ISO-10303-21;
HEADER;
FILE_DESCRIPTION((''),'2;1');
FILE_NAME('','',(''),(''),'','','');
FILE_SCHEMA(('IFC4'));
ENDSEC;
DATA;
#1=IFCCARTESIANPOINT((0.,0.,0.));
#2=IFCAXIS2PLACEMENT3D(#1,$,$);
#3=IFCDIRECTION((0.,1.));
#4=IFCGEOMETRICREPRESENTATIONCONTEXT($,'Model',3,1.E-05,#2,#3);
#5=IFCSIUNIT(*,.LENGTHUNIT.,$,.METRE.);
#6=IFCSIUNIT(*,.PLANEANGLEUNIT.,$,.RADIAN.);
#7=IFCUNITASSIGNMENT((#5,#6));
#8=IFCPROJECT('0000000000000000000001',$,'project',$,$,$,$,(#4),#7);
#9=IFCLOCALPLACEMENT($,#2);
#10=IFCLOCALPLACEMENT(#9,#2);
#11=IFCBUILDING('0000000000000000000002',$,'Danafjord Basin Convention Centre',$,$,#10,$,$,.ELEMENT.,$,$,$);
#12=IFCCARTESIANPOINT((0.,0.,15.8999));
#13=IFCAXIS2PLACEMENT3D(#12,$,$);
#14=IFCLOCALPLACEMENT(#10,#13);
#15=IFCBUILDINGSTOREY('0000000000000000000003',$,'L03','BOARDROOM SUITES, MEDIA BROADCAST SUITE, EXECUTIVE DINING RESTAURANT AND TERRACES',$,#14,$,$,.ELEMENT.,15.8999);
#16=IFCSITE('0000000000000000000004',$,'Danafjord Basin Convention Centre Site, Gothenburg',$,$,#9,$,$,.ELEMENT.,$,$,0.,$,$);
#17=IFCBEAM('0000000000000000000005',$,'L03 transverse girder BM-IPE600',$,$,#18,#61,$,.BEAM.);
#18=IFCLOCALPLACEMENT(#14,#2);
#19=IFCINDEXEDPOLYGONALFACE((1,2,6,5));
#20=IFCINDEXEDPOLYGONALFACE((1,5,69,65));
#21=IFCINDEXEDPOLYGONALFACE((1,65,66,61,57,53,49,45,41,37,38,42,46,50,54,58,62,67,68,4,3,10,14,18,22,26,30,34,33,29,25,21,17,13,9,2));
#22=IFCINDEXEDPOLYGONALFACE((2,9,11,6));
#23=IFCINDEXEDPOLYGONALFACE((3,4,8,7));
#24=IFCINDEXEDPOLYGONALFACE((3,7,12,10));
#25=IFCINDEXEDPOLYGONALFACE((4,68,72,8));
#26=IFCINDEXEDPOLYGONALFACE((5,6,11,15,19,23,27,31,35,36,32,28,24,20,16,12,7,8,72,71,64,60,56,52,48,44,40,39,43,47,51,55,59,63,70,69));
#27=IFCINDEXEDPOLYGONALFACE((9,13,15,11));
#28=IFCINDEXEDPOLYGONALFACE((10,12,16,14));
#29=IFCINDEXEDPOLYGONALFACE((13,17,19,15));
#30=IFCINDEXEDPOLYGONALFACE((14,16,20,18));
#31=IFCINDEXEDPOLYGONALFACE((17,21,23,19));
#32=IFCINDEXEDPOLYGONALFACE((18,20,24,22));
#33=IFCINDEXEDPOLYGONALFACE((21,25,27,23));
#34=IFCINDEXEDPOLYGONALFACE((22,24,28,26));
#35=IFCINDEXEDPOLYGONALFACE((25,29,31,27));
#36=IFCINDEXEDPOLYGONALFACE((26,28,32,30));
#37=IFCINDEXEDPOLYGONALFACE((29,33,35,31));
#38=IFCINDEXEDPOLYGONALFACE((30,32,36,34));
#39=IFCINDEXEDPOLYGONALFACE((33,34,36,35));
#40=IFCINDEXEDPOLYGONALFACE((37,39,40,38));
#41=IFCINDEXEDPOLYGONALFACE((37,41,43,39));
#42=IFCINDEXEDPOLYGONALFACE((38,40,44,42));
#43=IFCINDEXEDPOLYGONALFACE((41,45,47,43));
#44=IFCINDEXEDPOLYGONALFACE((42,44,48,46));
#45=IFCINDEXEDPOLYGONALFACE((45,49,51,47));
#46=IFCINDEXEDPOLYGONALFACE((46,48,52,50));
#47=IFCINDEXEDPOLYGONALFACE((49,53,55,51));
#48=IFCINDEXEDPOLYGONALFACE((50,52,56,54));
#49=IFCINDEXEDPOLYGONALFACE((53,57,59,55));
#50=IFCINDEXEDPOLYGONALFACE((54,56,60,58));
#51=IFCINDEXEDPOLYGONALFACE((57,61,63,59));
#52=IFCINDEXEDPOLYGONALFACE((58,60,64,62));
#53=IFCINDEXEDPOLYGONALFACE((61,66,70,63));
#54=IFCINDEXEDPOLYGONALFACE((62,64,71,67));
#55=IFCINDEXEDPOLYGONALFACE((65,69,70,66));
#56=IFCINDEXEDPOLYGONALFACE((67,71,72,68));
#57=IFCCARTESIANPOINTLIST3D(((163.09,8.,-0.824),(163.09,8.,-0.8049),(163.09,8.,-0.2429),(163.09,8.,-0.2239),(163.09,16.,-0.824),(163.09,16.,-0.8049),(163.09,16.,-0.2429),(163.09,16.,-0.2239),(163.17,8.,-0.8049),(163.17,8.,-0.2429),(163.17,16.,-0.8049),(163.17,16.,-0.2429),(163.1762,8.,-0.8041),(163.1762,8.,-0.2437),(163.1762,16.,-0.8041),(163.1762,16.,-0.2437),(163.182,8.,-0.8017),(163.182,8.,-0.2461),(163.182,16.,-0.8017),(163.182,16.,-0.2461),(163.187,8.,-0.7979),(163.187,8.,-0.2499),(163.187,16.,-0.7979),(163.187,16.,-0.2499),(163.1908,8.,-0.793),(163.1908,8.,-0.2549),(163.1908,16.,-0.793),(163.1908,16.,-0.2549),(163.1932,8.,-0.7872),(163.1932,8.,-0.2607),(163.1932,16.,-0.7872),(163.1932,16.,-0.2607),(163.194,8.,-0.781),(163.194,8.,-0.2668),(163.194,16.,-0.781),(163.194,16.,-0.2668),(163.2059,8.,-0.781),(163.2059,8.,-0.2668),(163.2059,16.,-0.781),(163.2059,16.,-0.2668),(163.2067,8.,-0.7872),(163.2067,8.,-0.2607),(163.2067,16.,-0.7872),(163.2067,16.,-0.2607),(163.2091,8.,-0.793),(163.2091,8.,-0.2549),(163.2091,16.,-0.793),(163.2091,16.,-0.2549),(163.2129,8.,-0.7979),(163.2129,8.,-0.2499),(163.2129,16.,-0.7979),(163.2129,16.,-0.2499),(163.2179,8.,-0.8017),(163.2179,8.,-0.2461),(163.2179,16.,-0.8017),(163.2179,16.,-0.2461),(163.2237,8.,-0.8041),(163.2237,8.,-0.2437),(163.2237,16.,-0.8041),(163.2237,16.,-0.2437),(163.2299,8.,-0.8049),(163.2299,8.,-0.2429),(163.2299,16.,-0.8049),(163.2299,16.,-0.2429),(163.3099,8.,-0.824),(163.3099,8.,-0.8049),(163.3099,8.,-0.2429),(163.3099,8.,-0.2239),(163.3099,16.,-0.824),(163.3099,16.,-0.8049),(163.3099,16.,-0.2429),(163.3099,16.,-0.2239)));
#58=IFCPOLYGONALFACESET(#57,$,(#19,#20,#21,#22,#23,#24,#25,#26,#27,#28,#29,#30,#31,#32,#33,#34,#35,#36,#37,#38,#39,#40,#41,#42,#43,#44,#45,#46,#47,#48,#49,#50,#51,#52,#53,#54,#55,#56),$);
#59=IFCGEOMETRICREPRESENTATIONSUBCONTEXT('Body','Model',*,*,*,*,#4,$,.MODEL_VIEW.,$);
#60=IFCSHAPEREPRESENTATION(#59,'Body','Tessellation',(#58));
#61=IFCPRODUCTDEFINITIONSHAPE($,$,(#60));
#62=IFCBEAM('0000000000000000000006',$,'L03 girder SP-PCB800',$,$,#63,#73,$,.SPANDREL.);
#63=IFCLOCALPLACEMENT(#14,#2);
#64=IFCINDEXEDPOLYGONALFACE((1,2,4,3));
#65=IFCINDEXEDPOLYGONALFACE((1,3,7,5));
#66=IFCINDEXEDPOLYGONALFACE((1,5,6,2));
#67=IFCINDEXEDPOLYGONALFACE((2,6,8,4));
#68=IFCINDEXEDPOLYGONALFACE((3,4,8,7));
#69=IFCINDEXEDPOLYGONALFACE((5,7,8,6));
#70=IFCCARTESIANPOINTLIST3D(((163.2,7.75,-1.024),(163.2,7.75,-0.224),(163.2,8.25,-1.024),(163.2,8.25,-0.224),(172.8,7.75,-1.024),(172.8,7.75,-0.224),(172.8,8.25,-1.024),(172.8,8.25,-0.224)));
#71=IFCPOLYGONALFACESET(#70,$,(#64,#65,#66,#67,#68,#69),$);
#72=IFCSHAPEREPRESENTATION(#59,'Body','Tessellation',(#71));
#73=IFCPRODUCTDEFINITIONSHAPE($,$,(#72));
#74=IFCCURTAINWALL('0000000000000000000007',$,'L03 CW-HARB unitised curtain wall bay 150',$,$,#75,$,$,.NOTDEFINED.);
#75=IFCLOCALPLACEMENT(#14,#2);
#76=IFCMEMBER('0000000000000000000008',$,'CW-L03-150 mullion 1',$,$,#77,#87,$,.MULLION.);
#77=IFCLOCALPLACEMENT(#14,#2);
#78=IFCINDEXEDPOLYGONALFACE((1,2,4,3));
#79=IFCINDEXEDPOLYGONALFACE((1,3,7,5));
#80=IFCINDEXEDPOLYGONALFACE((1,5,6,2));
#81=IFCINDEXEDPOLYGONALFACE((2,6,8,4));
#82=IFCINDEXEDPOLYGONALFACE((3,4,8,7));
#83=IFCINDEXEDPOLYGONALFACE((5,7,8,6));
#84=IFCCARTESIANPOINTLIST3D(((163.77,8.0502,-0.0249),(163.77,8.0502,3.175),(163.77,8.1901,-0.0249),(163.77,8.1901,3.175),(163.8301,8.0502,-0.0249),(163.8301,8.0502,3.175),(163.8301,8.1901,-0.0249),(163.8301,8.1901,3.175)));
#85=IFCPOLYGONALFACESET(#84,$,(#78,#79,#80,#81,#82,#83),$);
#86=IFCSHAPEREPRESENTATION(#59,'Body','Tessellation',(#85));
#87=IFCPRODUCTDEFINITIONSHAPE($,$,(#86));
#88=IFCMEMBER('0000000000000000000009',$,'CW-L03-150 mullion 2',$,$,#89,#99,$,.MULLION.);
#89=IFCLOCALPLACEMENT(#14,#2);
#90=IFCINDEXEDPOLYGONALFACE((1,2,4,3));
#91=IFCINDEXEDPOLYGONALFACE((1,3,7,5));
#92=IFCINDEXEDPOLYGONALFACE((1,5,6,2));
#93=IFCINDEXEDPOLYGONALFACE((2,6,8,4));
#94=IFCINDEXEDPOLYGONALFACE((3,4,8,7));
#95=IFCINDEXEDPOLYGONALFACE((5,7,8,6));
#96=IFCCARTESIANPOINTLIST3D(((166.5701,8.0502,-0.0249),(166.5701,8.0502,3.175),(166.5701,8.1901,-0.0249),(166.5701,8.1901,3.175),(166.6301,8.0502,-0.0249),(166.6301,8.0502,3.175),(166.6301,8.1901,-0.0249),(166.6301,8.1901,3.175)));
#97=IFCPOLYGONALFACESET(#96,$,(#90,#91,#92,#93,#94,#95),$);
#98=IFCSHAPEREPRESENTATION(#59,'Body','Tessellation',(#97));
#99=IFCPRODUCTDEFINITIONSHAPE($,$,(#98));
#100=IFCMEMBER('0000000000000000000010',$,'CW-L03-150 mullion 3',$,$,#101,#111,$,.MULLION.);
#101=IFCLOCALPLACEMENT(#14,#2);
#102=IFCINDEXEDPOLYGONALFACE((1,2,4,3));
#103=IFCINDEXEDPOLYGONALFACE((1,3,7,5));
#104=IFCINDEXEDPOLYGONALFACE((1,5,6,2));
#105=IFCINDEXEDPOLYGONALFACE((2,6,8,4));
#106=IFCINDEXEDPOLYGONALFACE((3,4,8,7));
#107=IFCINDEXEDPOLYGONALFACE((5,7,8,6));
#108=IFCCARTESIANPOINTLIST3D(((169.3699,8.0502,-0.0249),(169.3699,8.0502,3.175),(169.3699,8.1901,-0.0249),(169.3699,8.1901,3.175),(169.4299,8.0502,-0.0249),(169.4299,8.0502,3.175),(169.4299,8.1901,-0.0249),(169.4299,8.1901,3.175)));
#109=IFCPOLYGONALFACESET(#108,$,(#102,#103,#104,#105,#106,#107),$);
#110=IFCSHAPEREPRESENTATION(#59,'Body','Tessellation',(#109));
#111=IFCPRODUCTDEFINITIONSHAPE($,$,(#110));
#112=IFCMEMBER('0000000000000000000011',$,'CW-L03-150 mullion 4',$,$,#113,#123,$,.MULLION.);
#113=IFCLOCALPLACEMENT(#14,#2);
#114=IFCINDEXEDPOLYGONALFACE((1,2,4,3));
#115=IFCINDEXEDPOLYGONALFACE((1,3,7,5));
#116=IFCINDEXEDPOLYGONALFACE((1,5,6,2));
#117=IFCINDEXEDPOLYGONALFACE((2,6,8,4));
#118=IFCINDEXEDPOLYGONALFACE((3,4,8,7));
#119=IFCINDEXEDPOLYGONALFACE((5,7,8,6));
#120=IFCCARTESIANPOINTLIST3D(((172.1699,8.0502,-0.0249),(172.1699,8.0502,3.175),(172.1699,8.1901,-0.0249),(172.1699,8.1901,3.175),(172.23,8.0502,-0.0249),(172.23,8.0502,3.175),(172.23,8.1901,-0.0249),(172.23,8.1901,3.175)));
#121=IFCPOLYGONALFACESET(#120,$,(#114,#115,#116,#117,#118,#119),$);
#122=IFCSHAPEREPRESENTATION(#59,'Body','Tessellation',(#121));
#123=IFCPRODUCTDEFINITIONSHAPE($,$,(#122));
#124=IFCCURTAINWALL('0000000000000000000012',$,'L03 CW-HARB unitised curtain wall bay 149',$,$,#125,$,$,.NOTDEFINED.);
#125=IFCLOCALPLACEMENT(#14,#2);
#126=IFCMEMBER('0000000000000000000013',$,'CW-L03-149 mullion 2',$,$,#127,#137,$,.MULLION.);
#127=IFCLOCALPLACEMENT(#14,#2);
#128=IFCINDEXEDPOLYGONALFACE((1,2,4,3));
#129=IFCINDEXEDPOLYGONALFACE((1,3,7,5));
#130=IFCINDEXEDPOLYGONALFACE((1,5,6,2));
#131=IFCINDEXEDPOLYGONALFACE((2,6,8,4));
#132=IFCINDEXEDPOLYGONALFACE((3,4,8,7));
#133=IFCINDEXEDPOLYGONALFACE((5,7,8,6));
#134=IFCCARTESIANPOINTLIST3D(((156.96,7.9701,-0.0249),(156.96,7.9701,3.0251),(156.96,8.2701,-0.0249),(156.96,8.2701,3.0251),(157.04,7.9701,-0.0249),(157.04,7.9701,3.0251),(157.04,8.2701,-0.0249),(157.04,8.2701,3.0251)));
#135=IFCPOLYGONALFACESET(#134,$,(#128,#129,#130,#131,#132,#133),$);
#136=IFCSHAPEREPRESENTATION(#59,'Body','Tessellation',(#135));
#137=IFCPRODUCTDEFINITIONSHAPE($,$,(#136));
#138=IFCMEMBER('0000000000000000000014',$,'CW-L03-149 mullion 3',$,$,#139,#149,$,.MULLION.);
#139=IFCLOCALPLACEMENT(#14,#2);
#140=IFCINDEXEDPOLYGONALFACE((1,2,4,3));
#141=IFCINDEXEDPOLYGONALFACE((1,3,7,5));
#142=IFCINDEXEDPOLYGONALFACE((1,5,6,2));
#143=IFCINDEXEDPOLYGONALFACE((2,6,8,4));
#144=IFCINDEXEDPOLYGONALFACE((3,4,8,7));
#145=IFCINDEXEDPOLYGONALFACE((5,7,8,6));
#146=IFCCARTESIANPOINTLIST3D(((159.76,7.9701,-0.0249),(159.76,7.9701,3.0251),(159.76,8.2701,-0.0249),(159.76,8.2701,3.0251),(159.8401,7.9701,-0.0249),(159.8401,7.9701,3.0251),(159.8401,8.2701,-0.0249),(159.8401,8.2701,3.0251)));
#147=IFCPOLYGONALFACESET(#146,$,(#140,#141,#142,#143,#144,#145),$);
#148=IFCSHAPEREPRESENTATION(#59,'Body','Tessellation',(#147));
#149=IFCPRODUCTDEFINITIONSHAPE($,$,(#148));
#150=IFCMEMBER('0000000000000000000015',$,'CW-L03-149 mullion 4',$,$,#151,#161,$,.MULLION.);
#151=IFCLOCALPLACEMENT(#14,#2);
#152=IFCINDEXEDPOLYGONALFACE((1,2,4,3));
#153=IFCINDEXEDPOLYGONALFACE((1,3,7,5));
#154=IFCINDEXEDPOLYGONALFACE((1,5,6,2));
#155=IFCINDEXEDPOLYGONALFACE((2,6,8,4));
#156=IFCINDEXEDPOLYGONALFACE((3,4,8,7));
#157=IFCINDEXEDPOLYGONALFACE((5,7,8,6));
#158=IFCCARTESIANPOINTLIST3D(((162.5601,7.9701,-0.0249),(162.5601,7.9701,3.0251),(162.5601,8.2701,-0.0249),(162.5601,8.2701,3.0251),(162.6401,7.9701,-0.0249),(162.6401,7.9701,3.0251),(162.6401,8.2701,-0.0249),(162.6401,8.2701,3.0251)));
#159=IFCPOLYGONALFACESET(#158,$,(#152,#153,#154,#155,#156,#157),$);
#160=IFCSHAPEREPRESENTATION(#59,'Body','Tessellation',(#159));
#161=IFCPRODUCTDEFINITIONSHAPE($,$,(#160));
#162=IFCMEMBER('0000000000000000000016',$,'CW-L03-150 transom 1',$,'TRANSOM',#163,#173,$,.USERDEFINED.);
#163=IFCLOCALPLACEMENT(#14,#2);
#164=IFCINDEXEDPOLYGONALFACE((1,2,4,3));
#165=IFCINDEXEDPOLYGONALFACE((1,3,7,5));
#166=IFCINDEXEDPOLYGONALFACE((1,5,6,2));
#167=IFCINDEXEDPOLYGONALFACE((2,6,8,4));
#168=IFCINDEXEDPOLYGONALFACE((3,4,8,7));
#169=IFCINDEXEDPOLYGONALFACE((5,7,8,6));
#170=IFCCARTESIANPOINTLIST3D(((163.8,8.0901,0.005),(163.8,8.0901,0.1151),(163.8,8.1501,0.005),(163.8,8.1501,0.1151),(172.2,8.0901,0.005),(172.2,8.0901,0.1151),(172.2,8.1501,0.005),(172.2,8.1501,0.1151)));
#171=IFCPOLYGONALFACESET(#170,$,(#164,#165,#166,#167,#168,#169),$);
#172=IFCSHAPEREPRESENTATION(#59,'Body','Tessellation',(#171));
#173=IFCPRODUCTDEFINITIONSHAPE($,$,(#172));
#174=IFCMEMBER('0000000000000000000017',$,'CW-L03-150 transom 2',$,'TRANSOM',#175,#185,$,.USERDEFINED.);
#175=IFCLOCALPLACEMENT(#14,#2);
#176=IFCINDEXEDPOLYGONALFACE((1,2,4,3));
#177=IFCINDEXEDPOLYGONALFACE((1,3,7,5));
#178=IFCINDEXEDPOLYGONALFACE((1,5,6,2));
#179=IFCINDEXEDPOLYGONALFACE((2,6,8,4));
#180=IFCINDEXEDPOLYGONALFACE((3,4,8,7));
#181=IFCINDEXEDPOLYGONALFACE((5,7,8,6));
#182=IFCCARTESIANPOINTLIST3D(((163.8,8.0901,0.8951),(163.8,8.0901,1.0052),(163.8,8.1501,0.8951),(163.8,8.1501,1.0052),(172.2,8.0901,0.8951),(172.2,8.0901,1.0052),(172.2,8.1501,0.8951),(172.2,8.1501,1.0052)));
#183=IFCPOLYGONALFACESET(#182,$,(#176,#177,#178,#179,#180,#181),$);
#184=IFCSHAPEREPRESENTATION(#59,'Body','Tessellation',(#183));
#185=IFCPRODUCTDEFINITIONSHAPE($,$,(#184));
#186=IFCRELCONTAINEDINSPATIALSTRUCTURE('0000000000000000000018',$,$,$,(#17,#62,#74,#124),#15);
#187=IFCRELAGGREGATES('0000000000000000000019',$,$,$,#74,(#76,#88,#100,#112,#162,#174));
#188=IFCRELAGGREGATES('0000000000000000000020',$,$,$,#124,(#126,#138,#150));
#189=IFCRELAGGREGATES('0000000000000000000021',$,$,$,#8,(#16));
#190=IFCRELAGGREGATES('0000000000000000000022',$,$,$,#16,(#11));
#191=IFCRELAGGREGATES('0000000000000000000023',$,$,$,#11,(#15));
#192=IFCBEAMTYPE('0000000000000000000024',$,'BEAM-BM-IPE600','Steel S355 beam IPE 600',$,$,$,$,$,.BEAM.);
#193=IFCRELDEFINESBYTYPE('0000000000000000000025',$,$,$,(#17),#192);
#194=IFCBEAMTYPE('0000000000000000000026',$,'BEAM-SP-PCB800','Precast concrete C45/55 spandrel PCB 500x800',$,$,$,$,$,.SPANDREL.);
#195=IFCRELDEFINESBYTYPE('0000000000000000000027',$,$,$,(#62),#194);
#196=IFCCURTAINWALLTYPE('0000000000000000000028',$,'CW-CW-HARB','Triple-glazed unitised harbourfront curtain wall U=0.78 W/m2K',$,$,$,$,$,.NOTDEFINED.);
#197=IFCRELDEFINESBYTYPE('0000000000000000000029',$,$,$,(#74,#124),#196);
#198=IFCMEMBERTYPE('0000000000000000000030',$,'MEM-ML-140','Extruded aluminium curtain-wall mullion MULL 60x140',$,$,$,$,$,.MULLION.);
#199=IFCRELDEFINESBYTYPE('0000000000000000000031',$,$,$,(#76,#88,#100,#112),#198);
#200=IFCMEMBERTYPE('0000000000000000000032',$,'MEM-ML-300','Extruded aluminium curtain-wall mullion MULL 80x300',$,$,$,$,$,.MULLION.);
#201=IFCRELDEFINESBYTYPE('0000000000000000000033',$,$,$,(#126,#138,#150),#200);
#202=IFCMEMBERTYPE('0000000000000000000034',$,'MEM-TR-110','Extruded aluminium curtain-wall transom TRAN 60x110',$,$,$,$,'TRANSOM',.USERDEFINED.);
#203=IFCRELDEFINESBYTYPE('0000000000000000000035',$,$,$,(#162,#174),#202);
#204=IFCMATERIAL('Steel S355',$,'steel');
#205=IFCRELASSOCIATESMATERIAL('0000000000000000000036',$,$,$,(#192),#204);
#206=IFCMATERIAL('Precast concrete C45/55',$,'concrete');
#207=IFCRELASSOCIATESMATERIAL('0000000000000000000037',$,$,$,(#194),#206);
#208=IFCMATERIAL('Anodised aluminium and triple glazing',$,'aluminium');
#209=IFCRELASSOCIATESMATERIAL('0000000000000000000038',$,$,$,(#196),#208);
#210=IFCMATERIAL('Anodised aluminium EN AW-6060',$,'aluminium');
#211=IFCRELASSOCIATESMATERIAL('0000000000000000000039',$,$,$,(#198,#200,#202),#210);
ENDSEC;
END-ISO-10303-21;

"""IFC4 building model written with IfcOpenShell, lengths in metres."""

from ifc_helpers import new_model, si_unit, direction, frame, origin, origin_2d, place, context, subcontext, project, spatial, rectangle, i_section, extrude, material, material_profile, profile_set, type_object, element, aggregate, save


model = new_model("IFC4")

# Units and contexts
model_context = context("Model", 3, precision=1e-05, world=origin(), true_north=direction((0.0, 1.0)))
body_context = subcontext(model_context, "Body", "Model", "MODEL_VIEW")
ifc_project = project(units=[si_unit("LENGTHUNIT", "METRE"), si_unit("PLANEANGLEUNIT", "RADIAN")], contexts=[model_context])

# Site, building, storey
site_placement = place(None, origin())
site = spatial("IfcSite", under=ifc_project, at=site_placement, Name="Danafjord Basin Convention Centre Site, Gothenburg", CompositionType="ELEMENT", RefElevation=0.0)
building_placement = place(site_placement, origin())
building = spatial("IfcBuilding", under=site, at=building_placement, Name="Danafjord Basin Convention Centre", CompositionType="ELEMENT")
storey_placement = place(building_placement, frame((0.0, 0.0, 15.8999)))
storey = spatial("IfcBuildingStorey", under=building, at=storey_placement, Name="L03", Description="BOARDROOM SUITES, MEDIA BROADCAST SUITE, EXECUTIVE DINING RESTAURANT AND TERRACES", CompositionType="ELEMENT", Elevation=15.8999)

# Shared definitions
ifc_material_1 = material(Name="Steel S355", Category="steel")

# Beams
ifc_material_profile_1 = material_profile(ifc_material_1, i_section(OverallWidth=0.22, OverallDepth=0.6001, WebThickness=0.012, FlangeThickness=0.019, FilletRadius=0.0239, at=origin_2d()), Name="IPE 600")
ifc_profile_set_1 = profile_set([ifc_material_profile_1], Name="Steel S355")
beam_type_1 = type_object("IfcBeamType", Name="BEAM-BM-IPE600", Description="Steel S355 beam IPE 600", PredefinedType="BEAM", material=ifc_profile_set_1)
beam_1_placement = place(storey_placement, frame((163.2, 8.0, -0.5239), z_axis=(0.0, 1.0, 0.0), x_axis=(-1.0, 0.0, 0.0)))
element("IfcBeam", 1, at=beam_1_placement, inside=storey, type_object=beam_type_1, Name="L03 transverse girder BM-IPE600", PredefinedType="BEAM", context=body_context, shape_type="SweptSolid", body=[
    extrude(i_section(OverallWidth=0.22, OverallDepth=0.6001, WebThickness=0.012, FlangeThickness=0.019, FilletRadius=0.0239, at=origin_2d()), origin(), (0.0, 0.0, 1.0), 8.0),
])
ifc_material_2 = material(Name="Precast concrete C45/55", Category="concrete")
ifc_material_profile_2 = material_profile(ifc_material_2, rectangle(XDim=0.5, YDim=0.8, at=origin_2d()), Name="PCB 500x800")
ifc_profile_set_2 = profile_set([ifc_material_profile_2], Name="Precast concrete C45/55")
beam_type_2 = type_object("IfcBeamType", Name="BEAM-SP-PCB800", Description="Precast concrete C45/55 spandrel PCB 500x800", PredefinedType="SPANDREL", material=ifc_profile_set_2)
beam_2_placement = place(storey_placement, frame((163.2, 8.0, -0.624), z_axis=(1.0, 0.0, 0.0), x_axis=(0.0, 1.0, 0.0)))
element("IfcBeam", 2, at=beam_2_placement, inside=storey, type_object=beam_type_2, Name="L03 girder SP-PCB800", PredefinedType="SPANDREL", context=body_context, shape_type="SweptSolid", body=[
    extrude(rectangle(XDim=0.5, YDim=0.8, at=origin_2d()), origin(), (0.0, 0.0, 1.0), 9.6001),
])

# Curtain walls, members
ifc_material_3 = material(Name="Anodised aluminium and triple glazing", Category="aluminium")
curtain_wall_type = type_object("IfcCurtainWallType", Name="CW-CW-HARB", Description="Triple-glazed unitised harbourfront curtain wall U=0.78 W/m2K", PredefinedType="NOTDEFINED", material=ifc_material_3)
curtain_wall_1_placement = place(storey_placement, origin())
curtain_wall_1 = element("IfcCurtainWall", 3, at=curtain_wall_1_placement, inside=storey, type_object=curtain_wall_type, Name="L03 CW-HARB unitised curtain wall bay 150", PredefinedType="NOTDEFINED")
ifc_material_4 = material(Name="Anodised aluminium EN AW-6060", Category="aluminium")
ifc_material_profile_3 = material_profile(ifc_material_4, rectangle(XDim=0.0601, YDim=0.1399, at=origin_2d()), Name="MULL 60x140")
ifc_profile_set_3 = profile_set([ifc_material_profile_3], Name="Anodised aluminium EN AW-6060")
member_type_1 = type_object("IfcMemberType", Name="MEM-ML-140", Description="Extruded aluminium curtain-wall mullion MULL 60x140", PredefinedType="MULLION", material=ifc_profile_set_3)
member_1_placement = place(storey_placement, frame((163.8, 8.1201, -0.0249), z_axis=(0.0, 0.0, 1.0), x_axis=(1.0, 0.0, 0.0)))
member_1 = element("IfcMember", 4, at=member_1_placement, type_object=member_type_1, Name="CW-L03-150 mullion 1", PredefinedType="MULLION", context=body_context, shape_type="SweptSolid", body=[
    extrude(rectangle(XDim=0.0601, YDim=0.1399, at=origin_2d()), origin(), (0.0, 0.0, 1.0), 3.2),
])
member_2_placement = place(storey_placement, frame((166.6001, 8.1201, -0.0249), z_axis=(0.0, 0.0, 1.0), x_axis=(1.0, 0.0, 0.0)))
member_2 = element("IfcMember", 5, at=member_2_placement, type_object=member_type_1, Name="CW-L03-150 mullion 2", PredefinedType="MULLION", context=body_context, shape_type="SweptSolid", body=[
    extrude(rectangle(XDim=0.0601, YDim=0.1399, at=origin_2d()), origin(), (0.0, 0.0, 1.0), 3.2),
])
member_3_placement = place(storey_placement, frame((169.3999, 8.1201, -0.0249), z_axis=(0.0, 0.0, 1.0), x_axis=(1.0, 0.0, 0.0)))
member_3 = element("IfcMember", 6, at=member_3_placement, type_object=member_type_1, Name="CW-L03-150 mullion 3", PredefinedType="MULLION", context=body_context, shape_type="SweptSolid", body=[
    extrude(rectangle(XDim=0.0601, YDim=0.1399, at=origin_2d()), origin(), (0.0, 0.0, 1.0), 3.2),
])
member_4_placement = place(storey_placement, frame((172.2, 8.1201, -0.0249), z_axis=(0.0, 0.0, 1.0), x_axis=(1.0, 0.0, 0.0)))
member_4 = element("IfcMember", 7, at=member_4_placement, type_object=member_type_1, Name="CW-L03-150 mullion 4", PredefinedType="MULLION", context=body_context, shape_type="SweptSolid", body=[
    extrude(rectangle(XDim=0.0601, YDim=0.1399, at=origin_2d()), origin(), (0.0, 0.0, 1.0), 3.2),
])
curtain_wall_2_placement = place(storey_placement, origin())
curtain_wall_2 = element("IfcCurtainWall", 8, at=curtain_wall_2_placement, inside=storey, type_object=curtain_wall_type, Name="L03 CW-HARB unitised curtain wall bay 149", PredefinedType="NOTDEFINED")
ifc_material_profile_4 = material_profile(ifc_material_4, rectangle(XDim=0.0801, YDim=0.3, at=origin_2d()), Name="MULL 80x300")
ifc_profile_set_4 = profile_set([ifc_material_profile_4], Name="Anodised aluminium EN AW-6060")
member_type_2 = type_object("IfcMemberType", Name="MEM-ML-300", Description="Extruded aluminium curtain-wall mullion MULL 80x300", PredefinedType="MULLION", material=ifc_profile_set_4)
member_5_placement = place(storey_placement, frame((157.0, 8.1201, -0.0249), z_axis=(0.0, 0.0, 1.0), x_axis=(1.0, 0.0, 0.0)))
member_5 = element("IfcMember", 9, at=member_5_placement, type_object=member_type_2, Name="CW-L03-149 mullion 2", PredefinedType="MULLION", context=body_context, shape_type="SweptSolid", body=[
    extrude(rectangle(XDim=0.0801, YDim=0.3, at=origin_2d()), origin(), (0.0, 0.0, 1.0), 3.05),
])
member_6_placement = place(storey_placement, frame((159.8, 8.1201, -0.0249), z_axis=(0.0, 0.0, 1.0), x_axis=(1.0, 0.0, 0.0)))
member_6 = element("IfcMember", 10, at=member_6_placement, type_object=member_type_2, Name="CW-L03-149 mullion 3", PredefinedType="MULLION", context=body_context, shape_type="SweptSolid", body=[
    extrude(rectangle(XDim=0.0801, YDim=0.3, at=origin_2d()), origin(), (0.0, 0.0, 1.0), 3.05),
])
member_7_placement = place(storey_placement, frame((162.6001, 8.1201, -0.0249), z_axis=(0.0, 0.0, 1.0), x_axis=(1.0, 0.0, 0.0)))
member_7 = element("IfcMember", 11, at=member_7_placement, type_object=member_type_2, Name="CW-L03-149 mullion 4", PredefinedType="MULLION", context=body_context, shape_type="SweptSolid", body=[
    extrude(rectangle(XDim=0.0801, YDim=0.3, at=origin_2d()), origin(), (0.0, 0.0, 1.0), 3.05),
])

# Members
ifc_material_profile_5 = material_profile(ifc_material_4, rectangle(XDim=0.0601, YDim=0.1101, at=origin_2d()), Name="TRAN 60x110")
ifc_profile_set_5 = profile_set([ifc_material_profile_5], Name="Anodised aluminium EN AW-6060")
member_type_3 = type_object("IfcMemberType", Name="MEM-TR-110", Description="Extruded aluminium curtain-wall transom TRAN 60x110", ElementType="TRANSOM", PredefinedType="USERDEFINED", material=ifc_profile_set_5)
member_8_placement = place(storey_placement, frame((163.8, 8.1201, 0.0601), z_axis=(1.0, 0.0, 0.0), x_axis=(0.0, 1.0, 0.0)))
member_8 = element("IfcMember", 12, at=member_8_placement, type_object=member_type_3, Name="CW-L03-150 transom 1", ObjectType="TRANSOM", PredefinedType="USERDEFINED", context=body_context, shape_type="SweptSolid", body=[
    extrude(rectangle(XDim=0.0601, YDim=0.1101, at=origin_2d()), origin(), (0.0, 0.0, 1.0), 8.3999),
])
member_9_placement = place(storey_placement, frame((163.8, 8.1201, 0.9502), z_axis=(1.0, 0.0, 0.0), x_axis=(0.0, 1.0, 0.0)))
member_9 = element("IfcMember", 13, at=member_9_placement, type_object=member_type_3, Name="CW-L03-150 transom 2", ObjectType="TRANSOM", PredefinedType="USERDEFINED", context=body_context, shape_type="SweptSolid", body=[
    extrude(rectangle(XDim=0.0601, YDim=0.1101, at=origin_2d()), origin(), (0.0, 0.0, 1.0), 8.3999),
])

aggregate(curtain_wall_1, [member_1, member_2, member_3, member_4, member_8, member_9])
aggregate(curtain_wall_2, [member_5, member_6, member_7])

save(model, "model.ifc")
